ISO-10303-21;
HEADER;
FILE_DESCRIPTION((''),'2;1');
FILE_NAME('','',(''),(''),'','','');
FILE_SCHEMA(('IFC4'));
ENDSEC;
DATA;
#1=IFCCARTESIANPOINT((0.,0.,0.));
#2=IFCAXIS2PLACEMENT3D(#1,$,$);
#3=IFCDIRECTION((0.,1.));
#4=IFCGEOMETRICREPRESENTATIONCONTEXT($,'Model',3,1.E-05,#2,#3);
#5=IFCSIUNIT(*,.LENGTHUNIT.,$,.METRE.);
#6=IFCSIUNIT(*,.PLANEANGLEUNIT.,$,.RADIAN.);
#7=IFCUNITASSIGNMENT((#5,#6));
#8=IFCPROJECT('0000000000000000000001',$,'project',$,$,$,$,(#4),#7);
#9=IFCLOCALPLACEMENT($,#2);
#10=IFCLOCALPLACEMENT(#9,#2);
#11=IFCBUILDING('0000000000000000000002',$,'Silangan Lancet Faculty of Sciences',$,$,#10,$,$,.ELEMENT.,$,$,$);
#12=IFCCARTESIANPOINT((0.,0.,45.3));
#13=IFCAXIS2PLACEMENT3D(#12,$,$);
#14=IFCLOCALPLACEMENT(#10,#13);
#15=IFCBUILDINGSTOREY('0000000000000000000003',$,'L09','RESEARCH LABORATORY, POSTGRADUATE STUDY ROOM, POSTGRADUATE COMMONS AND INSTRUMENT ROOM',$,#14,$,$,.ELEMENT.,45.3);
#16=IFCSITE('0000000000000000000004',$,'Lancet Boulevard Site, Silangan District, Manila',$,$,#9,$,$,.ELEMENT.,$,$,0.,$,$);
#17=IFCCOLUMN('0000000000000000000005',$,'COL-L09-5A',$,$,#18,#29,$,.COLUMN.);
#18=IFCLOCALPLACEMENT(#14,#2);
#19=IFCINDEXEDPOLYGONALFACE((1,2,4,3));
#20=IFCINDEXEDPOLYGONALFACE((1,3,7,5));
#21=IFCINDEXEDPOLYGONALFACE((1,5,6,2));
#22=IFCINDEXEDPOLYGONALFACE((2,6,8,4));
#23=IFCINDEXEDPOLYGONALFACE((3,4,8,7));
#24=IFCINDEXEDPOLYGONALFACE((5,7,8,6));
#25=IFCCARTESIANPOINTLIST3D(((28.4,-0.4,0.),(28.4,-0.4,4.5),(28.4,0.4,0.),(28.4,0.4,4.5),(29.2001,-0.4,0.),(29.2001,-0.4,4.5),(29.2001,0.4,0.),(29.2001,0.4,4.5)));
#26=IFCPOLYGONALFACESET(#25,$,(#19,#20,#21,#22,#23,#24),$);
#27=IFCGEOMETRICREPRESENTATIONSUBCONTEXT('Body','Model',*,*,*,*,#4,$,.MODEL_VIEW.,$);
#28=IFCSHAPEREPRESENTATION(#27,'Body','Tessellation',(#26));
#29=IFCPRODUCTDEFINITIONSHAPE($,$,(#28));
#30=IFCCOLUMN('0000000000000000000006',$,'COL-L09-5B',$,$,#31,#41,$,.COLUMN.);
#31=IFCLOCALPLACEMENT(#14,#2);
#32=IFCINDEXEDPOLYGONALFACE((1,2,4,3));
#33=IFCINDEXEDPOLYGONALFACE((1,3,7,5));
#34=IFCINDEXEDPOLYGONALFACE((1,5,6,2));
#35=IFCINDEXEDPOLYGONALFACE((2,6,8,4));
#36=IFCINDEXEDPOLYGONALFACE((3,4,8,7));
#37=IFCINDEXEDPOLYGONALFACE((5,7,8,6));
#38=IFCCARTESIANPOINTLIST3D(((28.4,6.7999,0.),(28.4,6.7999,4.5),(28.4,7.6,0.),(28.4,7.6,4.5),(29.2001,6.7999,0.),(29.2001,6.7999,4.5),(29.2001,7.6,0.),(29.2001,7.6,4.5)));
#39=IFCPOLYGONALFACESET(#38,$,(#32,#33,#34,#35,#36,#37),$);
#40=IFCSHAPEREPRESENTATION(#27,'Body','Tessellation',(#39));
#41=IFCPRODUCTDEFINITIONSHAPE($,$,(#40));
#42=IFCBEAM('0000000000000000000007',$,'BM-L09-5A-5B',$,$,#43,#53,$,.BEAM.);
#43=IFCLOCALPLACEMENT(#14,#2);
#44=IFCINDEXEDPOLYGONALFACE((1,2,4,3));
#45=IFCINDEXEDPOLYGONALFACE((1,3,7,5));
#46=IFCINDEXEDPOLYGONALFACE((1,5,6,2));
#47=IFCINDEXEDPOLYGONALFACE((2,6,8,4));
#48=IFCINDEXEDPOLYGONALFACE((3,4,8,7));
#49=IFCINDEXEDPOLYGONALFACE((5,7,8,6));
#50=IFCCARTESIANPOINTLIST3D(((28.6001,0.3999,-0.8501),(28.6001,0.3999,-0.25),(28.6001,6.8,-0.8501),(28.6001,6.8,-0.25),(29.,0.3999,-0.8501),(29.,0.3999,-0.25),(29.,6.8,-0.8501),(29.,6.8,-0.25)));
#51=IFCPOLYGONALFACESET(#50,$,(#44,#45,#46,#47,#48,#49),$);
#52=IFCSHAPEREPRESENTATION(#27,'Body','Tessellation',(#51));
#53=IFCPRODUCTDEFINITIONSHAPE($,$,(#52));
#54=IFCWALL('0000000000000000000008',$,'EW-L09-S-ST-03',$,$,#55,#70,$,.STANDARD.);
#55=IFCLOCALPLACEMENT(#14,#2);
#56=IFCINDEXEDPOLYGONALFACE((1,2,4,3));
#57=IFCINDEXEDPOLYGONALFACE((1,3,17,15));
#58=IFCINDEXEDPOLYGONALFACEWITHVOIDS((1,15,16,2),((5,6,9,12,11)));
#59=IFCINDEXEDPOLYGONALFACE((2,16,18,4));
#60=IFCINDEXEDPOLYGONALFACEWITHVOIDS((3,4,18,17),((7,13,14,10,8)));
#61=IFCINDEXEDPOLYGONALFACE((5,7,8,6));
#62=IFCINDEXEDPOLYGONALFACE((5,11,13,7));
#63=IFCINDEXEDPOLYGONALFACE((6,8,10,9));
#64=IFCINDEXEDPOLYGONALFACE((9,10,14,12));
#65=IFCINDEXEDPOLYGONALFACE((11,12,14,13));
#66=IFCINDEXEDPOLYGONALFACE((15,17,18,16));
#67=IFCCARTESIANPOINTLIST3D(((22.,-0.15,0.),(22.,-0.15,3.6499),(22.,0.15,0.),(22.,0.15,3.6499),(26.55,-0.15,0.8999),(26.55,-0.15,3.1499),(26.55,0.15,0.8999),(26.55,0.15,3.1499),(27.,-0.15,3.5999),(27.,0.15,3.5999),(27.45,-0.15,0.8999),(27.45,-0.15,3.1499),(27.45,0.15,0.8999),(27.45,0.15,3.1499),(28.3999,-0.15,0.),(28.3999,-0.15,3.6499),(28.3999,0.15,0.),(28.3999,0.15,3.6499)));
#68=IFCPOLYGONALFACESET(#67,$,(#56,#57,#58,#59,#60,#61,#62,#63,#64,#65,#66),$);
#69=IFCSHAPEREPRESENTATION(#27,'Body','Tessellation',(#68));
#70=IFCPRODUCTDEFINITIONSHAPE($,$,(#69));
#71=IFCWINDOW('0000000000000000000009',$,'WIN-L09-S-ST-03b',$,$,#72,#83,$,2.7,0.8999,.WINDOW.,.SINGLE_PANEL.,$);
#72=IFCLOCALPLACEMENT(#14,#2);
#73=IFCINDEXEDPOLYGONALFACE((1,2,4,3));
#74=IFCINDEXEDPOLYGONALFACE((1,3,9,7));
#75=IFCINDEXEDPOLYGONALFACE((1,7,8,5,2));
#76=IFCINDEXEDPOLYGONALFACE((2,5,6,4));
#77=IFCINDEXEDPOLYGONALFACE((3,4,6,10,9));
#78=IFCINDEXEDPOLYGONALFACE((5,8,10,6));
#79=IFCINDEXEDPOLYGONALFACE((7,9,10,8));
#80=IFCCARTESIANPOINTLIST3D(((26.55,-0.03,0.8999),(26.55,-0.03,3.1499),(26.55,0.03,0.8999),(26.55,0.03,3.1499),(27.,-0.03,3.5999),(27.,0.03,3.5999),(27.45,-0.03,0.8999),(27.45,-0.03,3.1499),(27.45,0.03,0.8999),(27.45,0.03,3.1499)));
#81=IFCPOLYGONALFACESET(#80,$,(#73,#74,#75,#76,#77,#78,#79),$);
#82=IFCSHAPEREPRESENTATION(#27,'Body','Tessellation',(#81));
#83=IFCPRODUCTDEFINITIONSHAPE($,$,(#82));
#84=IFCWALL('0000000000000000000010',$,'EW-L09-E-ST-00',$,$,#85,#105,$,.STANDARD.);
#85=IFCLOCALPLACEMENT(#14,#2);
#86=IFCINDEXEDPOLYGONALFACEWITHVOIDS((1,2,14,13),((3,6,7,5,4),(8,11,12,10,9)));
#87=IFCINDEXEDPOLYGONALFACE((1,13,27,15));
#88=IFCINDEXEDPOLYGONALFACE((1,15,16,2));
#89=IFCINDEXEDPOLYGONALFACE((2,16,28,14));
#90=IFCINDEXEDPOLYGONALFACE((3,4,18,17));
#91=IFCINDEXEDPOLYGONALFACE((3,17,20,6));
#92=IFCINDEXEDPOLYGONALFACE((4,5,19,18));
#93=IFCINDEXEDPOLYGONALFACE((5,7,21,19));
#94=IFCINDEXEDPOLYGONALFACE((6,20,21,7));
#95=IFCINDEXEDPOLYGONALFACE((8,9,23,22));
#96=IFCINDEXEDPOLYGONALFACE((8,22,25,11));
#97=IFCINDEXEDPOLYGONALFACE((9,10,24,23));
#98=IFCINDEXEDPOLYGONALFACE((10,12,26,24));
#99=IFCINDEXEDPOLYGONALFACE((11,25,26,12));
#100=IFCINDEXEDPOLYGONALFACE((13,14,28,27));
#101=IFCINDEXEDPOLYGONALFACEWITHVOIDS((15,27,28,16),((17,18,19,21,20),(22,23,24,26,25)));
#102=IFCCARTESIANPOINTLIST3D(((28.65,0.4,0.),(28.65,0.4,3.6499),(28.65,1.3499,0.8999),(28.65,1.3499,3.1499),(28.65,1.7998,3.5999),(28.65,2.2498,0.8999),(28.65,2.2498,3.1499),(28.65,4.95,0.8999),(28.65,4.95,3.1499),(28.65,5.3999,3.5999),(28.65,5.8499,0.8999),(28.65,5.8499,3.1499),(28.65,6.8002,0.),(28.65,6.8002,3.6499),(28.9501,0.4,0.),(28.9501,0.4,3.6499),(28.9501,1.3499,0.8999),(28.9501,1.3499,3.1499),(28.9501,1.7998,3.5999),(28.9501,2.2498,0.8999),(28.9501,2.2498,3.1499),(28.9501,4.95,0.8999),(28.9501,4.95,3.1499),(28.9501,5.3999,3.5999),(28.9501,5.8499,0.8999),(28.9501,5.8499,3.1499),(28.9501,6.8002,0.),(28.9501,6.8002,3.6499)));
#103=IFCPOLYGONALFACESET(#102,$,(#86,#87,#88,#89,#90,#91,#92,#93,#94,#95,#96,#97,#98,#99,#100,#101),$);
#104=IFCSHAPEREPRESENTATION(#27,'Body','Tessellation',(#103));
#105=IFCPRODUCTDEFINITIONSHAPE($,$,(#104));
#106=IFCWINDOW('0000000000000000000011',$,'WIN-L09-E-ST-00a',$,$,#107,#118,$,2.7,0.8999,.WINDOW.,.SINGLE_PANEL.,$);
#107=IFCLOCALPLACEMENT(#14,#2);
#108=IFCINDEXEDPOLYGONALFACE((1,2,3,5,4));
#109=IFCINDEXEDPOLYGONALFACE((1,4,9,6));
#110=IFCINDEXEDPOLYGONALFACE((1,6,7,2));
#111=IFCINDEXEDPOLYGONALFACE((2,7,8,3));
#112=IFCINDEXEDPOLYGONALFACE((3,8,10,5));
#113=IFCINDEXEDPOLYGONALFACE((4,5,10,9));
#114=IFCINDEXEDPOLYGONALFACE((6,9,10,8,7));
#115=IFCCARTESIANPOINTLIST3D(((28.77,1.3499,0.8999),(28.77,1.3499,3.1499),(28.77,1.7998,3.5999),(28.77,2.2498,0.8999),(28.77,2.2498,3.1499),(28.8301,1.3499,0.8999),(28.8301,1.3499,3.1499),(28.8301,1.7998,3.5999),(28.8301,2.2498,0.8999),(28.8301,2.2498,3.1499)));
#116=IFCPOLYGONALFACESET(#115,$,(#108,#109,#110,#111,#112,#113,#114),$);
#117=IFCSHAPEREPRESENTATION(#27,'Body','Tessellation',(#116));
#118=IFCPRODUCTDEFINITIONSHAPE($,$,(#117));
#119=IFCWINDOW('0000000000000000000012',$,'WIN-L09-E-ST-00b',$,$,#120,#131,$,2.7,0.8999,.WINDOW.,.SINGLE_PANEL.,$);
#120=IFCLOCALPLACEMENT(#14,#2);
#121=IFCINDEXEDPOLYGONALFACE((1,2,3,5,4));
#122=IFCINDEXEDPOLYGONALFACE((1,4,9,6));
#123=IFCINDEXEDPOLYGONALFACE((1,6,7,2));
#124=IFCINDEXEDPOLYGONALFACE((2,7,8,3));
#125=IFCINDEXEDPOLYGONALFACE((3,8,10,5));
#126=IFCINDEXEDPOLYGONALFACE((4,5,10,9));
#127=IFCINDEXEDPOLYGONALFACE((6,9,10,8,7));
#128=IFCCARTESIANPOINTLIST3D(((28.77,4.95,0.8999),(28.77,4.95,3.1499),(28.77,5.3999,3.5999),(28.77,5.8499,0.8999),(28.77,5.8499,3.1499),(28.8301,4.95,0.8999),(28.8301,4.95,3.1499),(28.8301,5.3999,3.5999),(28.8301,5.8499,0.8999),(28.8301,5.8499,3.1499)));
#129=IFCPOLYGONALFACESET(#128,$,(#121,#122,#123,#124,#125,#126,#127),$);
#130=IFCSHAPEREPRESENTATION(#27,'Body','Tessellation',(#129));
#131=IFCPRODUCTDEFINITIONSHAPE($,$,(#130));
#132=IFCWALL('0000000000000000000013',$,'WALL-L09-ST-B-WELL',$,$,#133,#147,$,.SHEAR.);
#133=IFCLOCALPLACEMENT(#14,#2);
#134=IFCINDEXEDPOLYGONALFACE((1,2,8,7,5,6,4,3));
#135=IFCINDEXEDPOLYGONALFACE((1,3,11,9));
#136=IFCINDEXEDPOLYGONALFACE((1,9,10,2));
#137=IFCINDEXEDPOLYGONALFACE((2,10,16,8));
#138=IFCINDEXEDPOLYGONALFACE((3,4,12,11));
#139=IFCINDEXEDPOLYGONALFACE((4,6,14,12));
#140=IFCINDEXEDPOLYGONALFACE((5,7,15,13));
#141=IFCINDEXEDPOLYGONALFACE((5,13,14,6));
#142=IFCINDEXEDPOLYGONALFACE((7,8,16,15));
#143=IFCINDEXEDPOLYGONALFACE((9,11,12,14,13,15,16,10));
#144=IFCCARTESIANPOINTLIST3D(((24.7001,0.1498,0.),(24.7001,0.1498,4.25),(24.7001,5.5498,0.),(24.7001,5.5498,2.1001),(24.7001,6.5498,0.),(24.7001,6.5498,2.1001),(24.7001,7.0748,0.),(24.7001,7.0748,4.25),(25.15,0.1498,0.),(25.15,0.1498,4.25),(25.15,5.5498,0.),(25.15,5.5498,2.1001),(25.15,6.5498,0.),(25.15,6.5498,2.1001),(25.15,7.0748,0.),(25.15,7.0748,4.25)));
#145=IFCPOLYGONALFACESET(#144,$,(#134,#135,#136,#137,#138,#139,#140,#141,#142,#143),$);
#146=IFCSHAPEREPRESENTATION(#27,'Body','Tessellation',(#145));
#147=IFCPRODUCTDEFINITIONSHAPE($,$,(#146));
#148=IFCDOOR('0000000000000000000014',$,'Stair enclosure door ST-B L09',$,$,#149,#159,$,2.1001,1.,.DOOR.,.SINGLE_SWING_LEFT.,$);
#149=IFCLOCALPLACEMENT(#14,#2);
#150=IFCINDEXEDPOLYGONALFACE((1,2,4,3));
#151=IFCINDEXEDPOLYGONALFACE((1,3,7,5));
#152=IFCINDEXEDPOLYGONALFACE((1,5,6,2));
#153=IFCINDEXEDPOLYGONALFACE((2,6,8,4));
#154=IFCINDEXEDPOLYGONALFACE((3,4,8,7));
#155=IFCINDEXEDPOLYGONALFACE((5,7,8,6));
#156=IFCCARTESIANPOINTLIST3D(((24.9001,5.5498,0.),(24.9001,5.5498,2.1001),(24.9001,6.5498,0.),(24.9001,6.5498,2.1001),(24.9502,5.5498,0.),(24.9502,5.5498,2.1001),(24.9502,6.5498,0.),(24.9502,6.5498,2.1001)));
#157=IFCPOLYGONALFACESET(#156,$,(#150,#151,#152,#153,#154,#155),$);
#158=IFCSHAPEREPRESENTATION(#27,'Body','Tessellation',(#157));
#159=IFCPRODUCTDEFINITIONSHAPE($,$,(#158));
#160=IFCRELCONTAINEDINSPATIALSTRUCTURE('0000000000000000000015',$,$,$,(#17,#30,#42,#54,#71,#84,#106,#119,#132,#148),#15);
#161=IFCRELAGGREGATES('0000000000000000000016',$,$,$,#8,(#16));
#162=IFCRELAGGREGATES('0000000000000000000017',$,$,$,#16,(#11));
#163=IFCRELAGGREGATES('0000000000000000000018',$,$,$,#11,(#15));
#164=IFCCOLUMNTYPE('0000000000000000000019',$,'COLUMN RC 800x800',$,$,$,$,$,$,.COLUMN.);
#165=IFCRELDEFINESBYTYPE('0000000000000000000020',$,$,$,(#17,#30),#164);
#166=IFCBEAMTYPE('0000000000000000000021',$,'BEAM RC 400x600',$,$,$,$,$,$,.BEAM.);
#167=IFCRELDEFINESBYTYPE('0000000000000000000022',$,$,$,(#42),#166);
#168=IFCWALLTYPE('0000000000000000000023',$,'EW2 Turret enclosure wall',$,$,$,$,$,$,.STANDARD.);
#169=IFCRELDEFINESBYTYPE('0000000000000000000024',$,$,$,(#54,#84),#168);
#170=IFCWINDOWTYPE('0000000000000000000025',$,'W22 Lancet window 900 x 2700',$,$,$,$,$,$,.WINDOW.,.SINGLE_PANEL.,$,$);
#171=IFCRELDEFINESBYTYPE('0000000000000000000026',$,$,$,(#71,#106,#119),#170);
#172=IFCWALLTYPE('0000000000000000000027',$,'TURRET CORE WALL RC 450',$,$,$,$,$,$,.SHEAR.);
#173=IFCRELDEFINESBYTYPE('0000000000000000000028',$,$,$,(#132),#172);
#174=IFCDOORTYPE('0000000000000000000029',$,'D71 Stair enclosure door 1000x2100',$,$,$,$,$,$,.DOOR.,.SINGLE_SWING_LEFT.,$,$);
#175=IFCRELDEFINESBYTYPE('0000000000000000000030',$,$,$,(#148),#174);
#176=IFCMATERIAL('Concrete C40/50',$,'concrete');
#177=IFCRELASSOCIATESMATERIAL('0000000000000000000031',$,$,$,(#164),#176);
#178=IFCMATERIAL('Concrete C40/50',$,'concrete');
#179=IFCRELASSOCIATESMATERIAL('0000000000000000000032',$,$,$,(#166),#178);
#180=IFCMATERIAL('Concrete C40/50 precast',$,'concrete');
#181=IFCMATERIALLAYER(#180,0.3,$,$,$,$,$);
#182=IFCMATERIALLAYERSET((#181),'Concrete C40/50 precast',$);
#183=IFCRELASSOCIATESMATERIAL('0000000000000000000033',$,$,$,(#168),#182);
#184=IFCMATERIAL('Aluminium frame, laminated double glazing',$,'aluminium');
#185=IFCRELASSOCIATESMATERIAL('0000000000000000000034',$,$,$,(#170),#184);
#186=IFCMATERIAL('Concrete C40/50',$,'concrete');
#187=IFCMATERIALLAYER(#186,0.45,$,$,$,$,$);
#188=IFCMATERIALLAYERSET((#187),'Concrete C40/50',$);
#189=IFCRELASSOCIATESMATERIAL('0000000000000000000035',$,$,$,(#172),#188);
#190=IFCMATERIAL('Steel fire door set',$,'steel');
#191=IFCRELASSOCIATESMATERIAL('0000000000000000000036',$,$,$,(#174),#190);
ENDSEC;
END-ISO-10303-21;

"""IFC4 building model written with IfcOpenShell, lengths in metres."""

from ifc_helpers import new_model, si_unit, direction, frame, frame_2d, origin, origin_2d, place, context, subcontext, project, spatial, polyline, rectangle, outline, extrude, material, layer, layer_set, material_profile, profile_set, type_object, element, fill, save


model = new_model("IFC4")

# Units and contexts
model_context = context("Model", 3, precision=1e-05, world=origin(), true_north=direction((0.0, 1.0)))
body_context = subcontext(model_context, "Body", "Model", "MODEL_VIEW")
ifc_project = project(units=[si_unit("LENGTHUNIT", "METRE"), si_unit("PLANEANGLEUNIT", "RADIAN")], contexts=[model_context])

# Site, building, storey
site_placement = place(None, origin())
site = spatial("IfcSite", under=ifc_project, at=site_placement, Name="Lancet Boulevard Site, Silangan District, Manila", CompositionType="ELEMENT", RefElevation=0.0)
building_placement = place(site_placement, origin())
building = spatial("IfcBuilding", under=site, at=building_placement, Name="Silangan Lancet Faculty of Sciences", CompositionType="ELEMENT")
storey_placement = place(building_placement, frame((0.0, 0.0, 45.3)))
storey = spatial("IfcBuildingStorey", under=building, at=storey_placement, Name="L09", Description="RESEARCH LABORATORY, POSTGRADUATE STUDY ROOM, POSTGRADUATE COMMONS AND INSTRUMENT ROOM", CompositionType="ELEMENT", Elevation=45.3)

# Columns
ifc_material_1 = material(Name="Concrete C40/50", Category="concrete")
ifc_material_profile_1 = material_profile(ifc_material_1, rectangle(XDim=0.8, YDim=0.8, at=origin_2d()), Name="RC 800x800")
ifc_profile_set_1 = profile_set([ifc_material_profile_1], Name="Concrete C40/50")
column_type = type_object("IfcColumnType", Name="COLUMN RC 800x800", PredefinedType="COLUMN", material=ifc_profile_set_1)
for number, where, z_axis, x_axis, name in (
    (1, (28.8, 0.0, 0.0), (0.0, 0.0, 1.0), (1.0, 0.0, 0.0), "COL-L09-5A"),
    (2, (28.8, 7.2, 0.0), (0.0, 0.0, 1.0), (1.0, 0.0, 0.0), "COL-L09-5B"),
):
    element("IfcColumn", number, at=place(storey_placement, frame(where, z_axis=z_axis, x_axis=x_axis)), inside=storey, type_object=column_type, Name=name, PredefinedType="COLUMN", context=body_context, shape_type="SweptSolid", body=[
        extrude(rectangle(XDim=0.8, YDim=0.8, at=origin_2d()), origin(), (0.0, 0.0, 1.0), 4.5),
    ])

# Beam
ifc_material_2 = material(Name="Concrete C40/50", Category="concrete")
ifc_material_profile_2 = material_profile(ifc_material_2, rectangle(XDim=0.3999, YDim=0.6001, at=origin_2d()), Name="RC 400x600")
ifc_profile_set_2 = profile_set([ifc_material_profile_2], Name="Concrete C40/50")
beam_type = type_object("IfcBeamType", Name="BEAM RC 400x600", PredefinedType="BEAM", material=ifc_profile_set_2)
beam_placement = place(storey_placement, frame((28.8, 0.3999, -0.55), z_axis=(0.0, 1.0, 0.0), x_axis=(-1.0, 0.0, 0.0)))
element("IfcBeam", 3, at=beam_placement, inside=storey, type_object=beam_type, Name="BM-L09-5A-5B", PredefinedType="BEAM", context=body_context, shape_type="SweptSolid", body=[
    extrude(rectangle(XDim=0.3999, YDim=0.6001, at=origin_2d()), origin(), (0.0, 0.0, 1.0), 6.4001),
])

# Wall, opening, window
ifc_material_3 = material(Name="Concrete C40/50 precast", Category="concrete")
ifc_layer_1 = layer(ifc_material_3, 0.3)
ifc_layer_set_1 = layer_set([ifc_layer_1], Name="Concrete C40/50 precast")
wall_type_1 = type_object("IfcWallType", Name="EW2 Turret enclosure wall", PredefinedType="STANDARD", material=ifc_layer_set_1)
wall_1_placement = place(storey_placement, frame((22.0, 0.0, 0.0), z_axis=(0.0, 0.0, 1.0), x_axis=(1.0, 0.0, 0.0)))
wall_1 = element("IfcWall", 4, at=wall_1_placement, inside=storey, type_object=wall_type_1, Name="EW-L09-S-ST-03", PredefinedType="STANDARD", context=body_context, shape_type="SweptSolid", body=[
    extrude(rectangle(XDim=6.3999, YDim=0.3, at=frame_2d((3.2, 0.0))), origin(), (0.0, 0.0, 1.0), 3.6499),
])
opening_1_placement = place(wall_1_placement, frame((4.55, 0.0, 0.8999)))
opening_1 = element("IfcOpeningElement", 5, at=opening_1_placement, cuts=wall_1, PredefinedType="OPENING", context=body_context, shape_type="SweptSolid", body=[
    extrude(outline(polyline([(0.0, 0.0), (0.8999, 0.0), (0.8999, 2.25), (0.45, 2.7), (0.0, 2.25), (0.0, 0.0)])), frame((0.0, 0.1599, 0.0), z_axis=(0.0, -1.0, 0.0), x_axis=(1.0, 0.0, 0.0)), (0.0, 0.0, 1.0), 0.3201),
])
ifc_material_4 = material(Name="Aluminium frame, laminated double glazing", Category="aluminium")
window_type = type_object("IfcWindowType", Name="W22 Lancet window 900 x 2700", PartitioningType="SINGLE_PANEL", PredefinedType="WINDOW", material=ifc_material_4)
window_1_placement = place(opening_1_placement, origin())
window_1 = element("IfcWindow", 6, at=window_1_placement, inside=storey, type_object=window_type, Name="WIN-L09-S-ST-03b", OverallHeight=2.7, OverallWidth=0.8999, PartitioningType="SINGLE_PANEL", PredefinedType="WINDOW", context=body_context, shape_type="SweptSolid", body=[
    extrude(outline(polyline([(0.0, 0.0), (0.8999, 0.0), (0.8999, 2.25), (0.45, 2.7), (0.0, 2.25), (0.0, 0.0)])), frame((0.0, 0.03, 0.0), z_axis=(0.0, -1.0, 0.0), x_axis=(1.0, 0.0, 0.0)), (0.0, 0.0, 1.0), 0.0601),
])
fill(opening_1, window_1)

# Wall, openings, windows
wall_2_placement = place(storey_placement, frame((28.8, 0.3999, 0.0), z_axis=(0.0, 0.0, 1.0), x_axis=(0.0, 1.0, 0.0)))
wall_2 = element("IfcWall", 7, at=wall_2_placement, inside=storey, type_object=wall_type_1, Name="EW-L09-E-ST-00", PredefinedType="STANDARD", context=body_context, shape_type="SweptSolid", body=[
    extrude(rectangle(XDim=6.4001, YDim=0.3, at=frame_2d((3.2002, 0.0))), origin(), (0.0, 0.0, 1.0), 3.6499),
])
opening_2_placement = place(wall_2_placement, frame((0.95, 0.0, 0.8999)))
opening_2 = element("IfcOpeningElement", 8, at=opening_2_placement, cuts=wall_2, PredefinedType="OPENING", context=body_context, shape_type="SweptSolid", body=[
    extrude(outline(polyline([(0.0, 0.0), (0.8999, 0.0), (0.8999, 2.25), (0.45, 2.7), (0.0, 2.25), (0.0, 0.0)])), frame((0.0, 0.1599, 0.0), z_axis=(0.0, -1.0, 0.0), x_axis=(1.0, 0.0, 0.0)), (0.0, 0.0, 1.0), 0.3201),
])
opening_3_placement = place(wall_2_placement, frame((4.55, 0.0, 0.8999)))
opening_3 = element("IfcOpeningElement", 9, at=opening_3_placement, cuts=wall_2, PredefinedType="OPENING", context=body_context, shape_type="SweptSolid", body=[
    extrude(outline(polyline([(0.0, 0.0), (0.8999, 0.0), (0.8999, 2.25), (0.45, 2.7), (0.0, 2.25), (0.0, 0.0)])), frame((0.0, 0.1599, 0.0), z_axis=(0.0, -1.0, 0.0), x_axis=(1.0, 0.0, 0.0)), (0.0, 0.0, 1.0), 0.3201),
])
window_2_placement = place(opening_2_placement, origin())
window_2 = element("IfcWindow", 10, at=window_2_placement, inside=storey, type_object=window_type, Name="WIN-L09-E-ST-00a", OverallHeight=2.7, OverallWidth=0.8999, PartitioningType="SINGLE_PANEL", PredefinedType="WINDOW", context=body_context, shape_type="SweptSolid", body=[
    extrude(outline(polyline([(0.0, 0.0), (0.8999, 0.0), (0.8999, 2.25), (0.45, 2.7), (0.0, 2.25), (0.0, 0.0)])), frame((0.0, 0.03, 0.0), z_axis=(0.0, -1.0, 0.0), x_axis=(1.0, 0.0, 0.0)), (0.0, 0.0, 1.0), 0.0601),
])
fill(opening_2, window_2)
window_3_placement = place(opening_3_placement, origin())
window_3 = element("IfcWindow", 11, at=window_3_placement, inside=storey, type_object=window_type, Name="WIN-L09-E-ST-00b", OverallHeight=2.7, OverallWidth=0.8999, PartitioningType="SINGLE_PANEL", PredefinedType="WINDOW", context=body_context, shape_type="SweptSolid", body=[
    extrude(outline(polyline([(0.0, 0.0), (0.8999, 0.0), (0.8999, 2.25), (0.45, 2.7), (0.0, 2.25), (0.0, 0.0)])), frame((0.0, 0.03, 0.0), z_axis=(0.0, -1.0, 0.0), x_axis=(1.0, 0.0, 0.0)), (0.0, 0.0, 1.0), 0.0601),
])
fill(opening_3, window_3)

# Wall, opening, door
ifc_material_5 = material(Name="Concrete C40/50", Category="concrete")
ifc_layer_2 = layer(ifc_material_5, 0.45)
ifc_layer_set_2 = layer_set([ifc_layer_2], Name="Concrete C40/50")
wall_type_2 = type_object("IfcWallType", Name="TURRET CORE WALL RC 450", PredefinedType="SHEAR", material=ifc_layer_set_2)
wall_3_placement = place(storey_placement, frame((24.925, 0.1499, 0.0), z_axis=(0.0, 0.0, 1.0), x_axis=(0.0, 1.0, 0.0)))
wall_3 = element("IfcWall", 12, at=wall_3_placement, inside=storey, type_object=wall_type_2, Name="WALL-L09-ST-B-WELL", PredefinedType="SHEAR", context=body_context, shape_type="SweptSolid", body=[
    extrude(rectangle(XDim=6.925, YDim=0.45, at=frame_2d((3.4624, 0.0))), origin(), (0.0, 0.0, 1.0), 4.25),
])
opening_4_placement = place(wall_3_placement, frame((5.3999, 0.0, 0.0)))
opening_4 = element("IfcOpeningElement", 13, at=opening_4_placement, cuts=wall_3, PredefinedType="OPENING", context=body_context, shape_type="SweptSolid", body=[
    extrude(rectangle(XDim=1.0, YDim=2.1001, at=frame_2d((0.5, 1.05))), frame((0.0, 0.2349, 0.0), z_axis=(0.0, -1.0, 0.0), x_axis=(1.0, 0.0, 0.0)), (0.0, 0.0, 1.0), 0.47),
])
ifc_material_6 = material(Name="Steel fire door set", Category="steel")
door_type = type_object("IfcDoorType", Name="D71 Stair enclosure door 1000x2100", OperationType="SINGLE_SWING_LEFT", PredefinedType="DOOR", material=ifc_material_6)
door_placement = place(opening_4_placement, frame((1.0, 0.0, 0.0), z_axis=(0.0, 0.0, 1.0), x_axis=(-1.0, 0.0, 0.0)))
door = element("IfcDoor", 14, at=door_placement, inside=storey, type_object=door_type, Name="Stair enclosure door ST-B L09", OperationType="SINGLE_SWING_LEFT", OverallHeight=2.1001, OverallWidth=1.0, PredefinedType="DOOR", context=body_context, shape_type="SweptSolid", body=[
    extrude(rectangle(XDim=1.0, YDim=2.1001, at=frame_2d((0.5, 1.05))), frame((0.0, 0.0251, 0.0), z_axis=(0.0, -1.0, 0.0), x_axis=(1.0, 0.0, 0.0)), (0.0, 0.0, 1.0), 0.05),
])
fill(opening_4, door)

save(model, "model.ifc")
